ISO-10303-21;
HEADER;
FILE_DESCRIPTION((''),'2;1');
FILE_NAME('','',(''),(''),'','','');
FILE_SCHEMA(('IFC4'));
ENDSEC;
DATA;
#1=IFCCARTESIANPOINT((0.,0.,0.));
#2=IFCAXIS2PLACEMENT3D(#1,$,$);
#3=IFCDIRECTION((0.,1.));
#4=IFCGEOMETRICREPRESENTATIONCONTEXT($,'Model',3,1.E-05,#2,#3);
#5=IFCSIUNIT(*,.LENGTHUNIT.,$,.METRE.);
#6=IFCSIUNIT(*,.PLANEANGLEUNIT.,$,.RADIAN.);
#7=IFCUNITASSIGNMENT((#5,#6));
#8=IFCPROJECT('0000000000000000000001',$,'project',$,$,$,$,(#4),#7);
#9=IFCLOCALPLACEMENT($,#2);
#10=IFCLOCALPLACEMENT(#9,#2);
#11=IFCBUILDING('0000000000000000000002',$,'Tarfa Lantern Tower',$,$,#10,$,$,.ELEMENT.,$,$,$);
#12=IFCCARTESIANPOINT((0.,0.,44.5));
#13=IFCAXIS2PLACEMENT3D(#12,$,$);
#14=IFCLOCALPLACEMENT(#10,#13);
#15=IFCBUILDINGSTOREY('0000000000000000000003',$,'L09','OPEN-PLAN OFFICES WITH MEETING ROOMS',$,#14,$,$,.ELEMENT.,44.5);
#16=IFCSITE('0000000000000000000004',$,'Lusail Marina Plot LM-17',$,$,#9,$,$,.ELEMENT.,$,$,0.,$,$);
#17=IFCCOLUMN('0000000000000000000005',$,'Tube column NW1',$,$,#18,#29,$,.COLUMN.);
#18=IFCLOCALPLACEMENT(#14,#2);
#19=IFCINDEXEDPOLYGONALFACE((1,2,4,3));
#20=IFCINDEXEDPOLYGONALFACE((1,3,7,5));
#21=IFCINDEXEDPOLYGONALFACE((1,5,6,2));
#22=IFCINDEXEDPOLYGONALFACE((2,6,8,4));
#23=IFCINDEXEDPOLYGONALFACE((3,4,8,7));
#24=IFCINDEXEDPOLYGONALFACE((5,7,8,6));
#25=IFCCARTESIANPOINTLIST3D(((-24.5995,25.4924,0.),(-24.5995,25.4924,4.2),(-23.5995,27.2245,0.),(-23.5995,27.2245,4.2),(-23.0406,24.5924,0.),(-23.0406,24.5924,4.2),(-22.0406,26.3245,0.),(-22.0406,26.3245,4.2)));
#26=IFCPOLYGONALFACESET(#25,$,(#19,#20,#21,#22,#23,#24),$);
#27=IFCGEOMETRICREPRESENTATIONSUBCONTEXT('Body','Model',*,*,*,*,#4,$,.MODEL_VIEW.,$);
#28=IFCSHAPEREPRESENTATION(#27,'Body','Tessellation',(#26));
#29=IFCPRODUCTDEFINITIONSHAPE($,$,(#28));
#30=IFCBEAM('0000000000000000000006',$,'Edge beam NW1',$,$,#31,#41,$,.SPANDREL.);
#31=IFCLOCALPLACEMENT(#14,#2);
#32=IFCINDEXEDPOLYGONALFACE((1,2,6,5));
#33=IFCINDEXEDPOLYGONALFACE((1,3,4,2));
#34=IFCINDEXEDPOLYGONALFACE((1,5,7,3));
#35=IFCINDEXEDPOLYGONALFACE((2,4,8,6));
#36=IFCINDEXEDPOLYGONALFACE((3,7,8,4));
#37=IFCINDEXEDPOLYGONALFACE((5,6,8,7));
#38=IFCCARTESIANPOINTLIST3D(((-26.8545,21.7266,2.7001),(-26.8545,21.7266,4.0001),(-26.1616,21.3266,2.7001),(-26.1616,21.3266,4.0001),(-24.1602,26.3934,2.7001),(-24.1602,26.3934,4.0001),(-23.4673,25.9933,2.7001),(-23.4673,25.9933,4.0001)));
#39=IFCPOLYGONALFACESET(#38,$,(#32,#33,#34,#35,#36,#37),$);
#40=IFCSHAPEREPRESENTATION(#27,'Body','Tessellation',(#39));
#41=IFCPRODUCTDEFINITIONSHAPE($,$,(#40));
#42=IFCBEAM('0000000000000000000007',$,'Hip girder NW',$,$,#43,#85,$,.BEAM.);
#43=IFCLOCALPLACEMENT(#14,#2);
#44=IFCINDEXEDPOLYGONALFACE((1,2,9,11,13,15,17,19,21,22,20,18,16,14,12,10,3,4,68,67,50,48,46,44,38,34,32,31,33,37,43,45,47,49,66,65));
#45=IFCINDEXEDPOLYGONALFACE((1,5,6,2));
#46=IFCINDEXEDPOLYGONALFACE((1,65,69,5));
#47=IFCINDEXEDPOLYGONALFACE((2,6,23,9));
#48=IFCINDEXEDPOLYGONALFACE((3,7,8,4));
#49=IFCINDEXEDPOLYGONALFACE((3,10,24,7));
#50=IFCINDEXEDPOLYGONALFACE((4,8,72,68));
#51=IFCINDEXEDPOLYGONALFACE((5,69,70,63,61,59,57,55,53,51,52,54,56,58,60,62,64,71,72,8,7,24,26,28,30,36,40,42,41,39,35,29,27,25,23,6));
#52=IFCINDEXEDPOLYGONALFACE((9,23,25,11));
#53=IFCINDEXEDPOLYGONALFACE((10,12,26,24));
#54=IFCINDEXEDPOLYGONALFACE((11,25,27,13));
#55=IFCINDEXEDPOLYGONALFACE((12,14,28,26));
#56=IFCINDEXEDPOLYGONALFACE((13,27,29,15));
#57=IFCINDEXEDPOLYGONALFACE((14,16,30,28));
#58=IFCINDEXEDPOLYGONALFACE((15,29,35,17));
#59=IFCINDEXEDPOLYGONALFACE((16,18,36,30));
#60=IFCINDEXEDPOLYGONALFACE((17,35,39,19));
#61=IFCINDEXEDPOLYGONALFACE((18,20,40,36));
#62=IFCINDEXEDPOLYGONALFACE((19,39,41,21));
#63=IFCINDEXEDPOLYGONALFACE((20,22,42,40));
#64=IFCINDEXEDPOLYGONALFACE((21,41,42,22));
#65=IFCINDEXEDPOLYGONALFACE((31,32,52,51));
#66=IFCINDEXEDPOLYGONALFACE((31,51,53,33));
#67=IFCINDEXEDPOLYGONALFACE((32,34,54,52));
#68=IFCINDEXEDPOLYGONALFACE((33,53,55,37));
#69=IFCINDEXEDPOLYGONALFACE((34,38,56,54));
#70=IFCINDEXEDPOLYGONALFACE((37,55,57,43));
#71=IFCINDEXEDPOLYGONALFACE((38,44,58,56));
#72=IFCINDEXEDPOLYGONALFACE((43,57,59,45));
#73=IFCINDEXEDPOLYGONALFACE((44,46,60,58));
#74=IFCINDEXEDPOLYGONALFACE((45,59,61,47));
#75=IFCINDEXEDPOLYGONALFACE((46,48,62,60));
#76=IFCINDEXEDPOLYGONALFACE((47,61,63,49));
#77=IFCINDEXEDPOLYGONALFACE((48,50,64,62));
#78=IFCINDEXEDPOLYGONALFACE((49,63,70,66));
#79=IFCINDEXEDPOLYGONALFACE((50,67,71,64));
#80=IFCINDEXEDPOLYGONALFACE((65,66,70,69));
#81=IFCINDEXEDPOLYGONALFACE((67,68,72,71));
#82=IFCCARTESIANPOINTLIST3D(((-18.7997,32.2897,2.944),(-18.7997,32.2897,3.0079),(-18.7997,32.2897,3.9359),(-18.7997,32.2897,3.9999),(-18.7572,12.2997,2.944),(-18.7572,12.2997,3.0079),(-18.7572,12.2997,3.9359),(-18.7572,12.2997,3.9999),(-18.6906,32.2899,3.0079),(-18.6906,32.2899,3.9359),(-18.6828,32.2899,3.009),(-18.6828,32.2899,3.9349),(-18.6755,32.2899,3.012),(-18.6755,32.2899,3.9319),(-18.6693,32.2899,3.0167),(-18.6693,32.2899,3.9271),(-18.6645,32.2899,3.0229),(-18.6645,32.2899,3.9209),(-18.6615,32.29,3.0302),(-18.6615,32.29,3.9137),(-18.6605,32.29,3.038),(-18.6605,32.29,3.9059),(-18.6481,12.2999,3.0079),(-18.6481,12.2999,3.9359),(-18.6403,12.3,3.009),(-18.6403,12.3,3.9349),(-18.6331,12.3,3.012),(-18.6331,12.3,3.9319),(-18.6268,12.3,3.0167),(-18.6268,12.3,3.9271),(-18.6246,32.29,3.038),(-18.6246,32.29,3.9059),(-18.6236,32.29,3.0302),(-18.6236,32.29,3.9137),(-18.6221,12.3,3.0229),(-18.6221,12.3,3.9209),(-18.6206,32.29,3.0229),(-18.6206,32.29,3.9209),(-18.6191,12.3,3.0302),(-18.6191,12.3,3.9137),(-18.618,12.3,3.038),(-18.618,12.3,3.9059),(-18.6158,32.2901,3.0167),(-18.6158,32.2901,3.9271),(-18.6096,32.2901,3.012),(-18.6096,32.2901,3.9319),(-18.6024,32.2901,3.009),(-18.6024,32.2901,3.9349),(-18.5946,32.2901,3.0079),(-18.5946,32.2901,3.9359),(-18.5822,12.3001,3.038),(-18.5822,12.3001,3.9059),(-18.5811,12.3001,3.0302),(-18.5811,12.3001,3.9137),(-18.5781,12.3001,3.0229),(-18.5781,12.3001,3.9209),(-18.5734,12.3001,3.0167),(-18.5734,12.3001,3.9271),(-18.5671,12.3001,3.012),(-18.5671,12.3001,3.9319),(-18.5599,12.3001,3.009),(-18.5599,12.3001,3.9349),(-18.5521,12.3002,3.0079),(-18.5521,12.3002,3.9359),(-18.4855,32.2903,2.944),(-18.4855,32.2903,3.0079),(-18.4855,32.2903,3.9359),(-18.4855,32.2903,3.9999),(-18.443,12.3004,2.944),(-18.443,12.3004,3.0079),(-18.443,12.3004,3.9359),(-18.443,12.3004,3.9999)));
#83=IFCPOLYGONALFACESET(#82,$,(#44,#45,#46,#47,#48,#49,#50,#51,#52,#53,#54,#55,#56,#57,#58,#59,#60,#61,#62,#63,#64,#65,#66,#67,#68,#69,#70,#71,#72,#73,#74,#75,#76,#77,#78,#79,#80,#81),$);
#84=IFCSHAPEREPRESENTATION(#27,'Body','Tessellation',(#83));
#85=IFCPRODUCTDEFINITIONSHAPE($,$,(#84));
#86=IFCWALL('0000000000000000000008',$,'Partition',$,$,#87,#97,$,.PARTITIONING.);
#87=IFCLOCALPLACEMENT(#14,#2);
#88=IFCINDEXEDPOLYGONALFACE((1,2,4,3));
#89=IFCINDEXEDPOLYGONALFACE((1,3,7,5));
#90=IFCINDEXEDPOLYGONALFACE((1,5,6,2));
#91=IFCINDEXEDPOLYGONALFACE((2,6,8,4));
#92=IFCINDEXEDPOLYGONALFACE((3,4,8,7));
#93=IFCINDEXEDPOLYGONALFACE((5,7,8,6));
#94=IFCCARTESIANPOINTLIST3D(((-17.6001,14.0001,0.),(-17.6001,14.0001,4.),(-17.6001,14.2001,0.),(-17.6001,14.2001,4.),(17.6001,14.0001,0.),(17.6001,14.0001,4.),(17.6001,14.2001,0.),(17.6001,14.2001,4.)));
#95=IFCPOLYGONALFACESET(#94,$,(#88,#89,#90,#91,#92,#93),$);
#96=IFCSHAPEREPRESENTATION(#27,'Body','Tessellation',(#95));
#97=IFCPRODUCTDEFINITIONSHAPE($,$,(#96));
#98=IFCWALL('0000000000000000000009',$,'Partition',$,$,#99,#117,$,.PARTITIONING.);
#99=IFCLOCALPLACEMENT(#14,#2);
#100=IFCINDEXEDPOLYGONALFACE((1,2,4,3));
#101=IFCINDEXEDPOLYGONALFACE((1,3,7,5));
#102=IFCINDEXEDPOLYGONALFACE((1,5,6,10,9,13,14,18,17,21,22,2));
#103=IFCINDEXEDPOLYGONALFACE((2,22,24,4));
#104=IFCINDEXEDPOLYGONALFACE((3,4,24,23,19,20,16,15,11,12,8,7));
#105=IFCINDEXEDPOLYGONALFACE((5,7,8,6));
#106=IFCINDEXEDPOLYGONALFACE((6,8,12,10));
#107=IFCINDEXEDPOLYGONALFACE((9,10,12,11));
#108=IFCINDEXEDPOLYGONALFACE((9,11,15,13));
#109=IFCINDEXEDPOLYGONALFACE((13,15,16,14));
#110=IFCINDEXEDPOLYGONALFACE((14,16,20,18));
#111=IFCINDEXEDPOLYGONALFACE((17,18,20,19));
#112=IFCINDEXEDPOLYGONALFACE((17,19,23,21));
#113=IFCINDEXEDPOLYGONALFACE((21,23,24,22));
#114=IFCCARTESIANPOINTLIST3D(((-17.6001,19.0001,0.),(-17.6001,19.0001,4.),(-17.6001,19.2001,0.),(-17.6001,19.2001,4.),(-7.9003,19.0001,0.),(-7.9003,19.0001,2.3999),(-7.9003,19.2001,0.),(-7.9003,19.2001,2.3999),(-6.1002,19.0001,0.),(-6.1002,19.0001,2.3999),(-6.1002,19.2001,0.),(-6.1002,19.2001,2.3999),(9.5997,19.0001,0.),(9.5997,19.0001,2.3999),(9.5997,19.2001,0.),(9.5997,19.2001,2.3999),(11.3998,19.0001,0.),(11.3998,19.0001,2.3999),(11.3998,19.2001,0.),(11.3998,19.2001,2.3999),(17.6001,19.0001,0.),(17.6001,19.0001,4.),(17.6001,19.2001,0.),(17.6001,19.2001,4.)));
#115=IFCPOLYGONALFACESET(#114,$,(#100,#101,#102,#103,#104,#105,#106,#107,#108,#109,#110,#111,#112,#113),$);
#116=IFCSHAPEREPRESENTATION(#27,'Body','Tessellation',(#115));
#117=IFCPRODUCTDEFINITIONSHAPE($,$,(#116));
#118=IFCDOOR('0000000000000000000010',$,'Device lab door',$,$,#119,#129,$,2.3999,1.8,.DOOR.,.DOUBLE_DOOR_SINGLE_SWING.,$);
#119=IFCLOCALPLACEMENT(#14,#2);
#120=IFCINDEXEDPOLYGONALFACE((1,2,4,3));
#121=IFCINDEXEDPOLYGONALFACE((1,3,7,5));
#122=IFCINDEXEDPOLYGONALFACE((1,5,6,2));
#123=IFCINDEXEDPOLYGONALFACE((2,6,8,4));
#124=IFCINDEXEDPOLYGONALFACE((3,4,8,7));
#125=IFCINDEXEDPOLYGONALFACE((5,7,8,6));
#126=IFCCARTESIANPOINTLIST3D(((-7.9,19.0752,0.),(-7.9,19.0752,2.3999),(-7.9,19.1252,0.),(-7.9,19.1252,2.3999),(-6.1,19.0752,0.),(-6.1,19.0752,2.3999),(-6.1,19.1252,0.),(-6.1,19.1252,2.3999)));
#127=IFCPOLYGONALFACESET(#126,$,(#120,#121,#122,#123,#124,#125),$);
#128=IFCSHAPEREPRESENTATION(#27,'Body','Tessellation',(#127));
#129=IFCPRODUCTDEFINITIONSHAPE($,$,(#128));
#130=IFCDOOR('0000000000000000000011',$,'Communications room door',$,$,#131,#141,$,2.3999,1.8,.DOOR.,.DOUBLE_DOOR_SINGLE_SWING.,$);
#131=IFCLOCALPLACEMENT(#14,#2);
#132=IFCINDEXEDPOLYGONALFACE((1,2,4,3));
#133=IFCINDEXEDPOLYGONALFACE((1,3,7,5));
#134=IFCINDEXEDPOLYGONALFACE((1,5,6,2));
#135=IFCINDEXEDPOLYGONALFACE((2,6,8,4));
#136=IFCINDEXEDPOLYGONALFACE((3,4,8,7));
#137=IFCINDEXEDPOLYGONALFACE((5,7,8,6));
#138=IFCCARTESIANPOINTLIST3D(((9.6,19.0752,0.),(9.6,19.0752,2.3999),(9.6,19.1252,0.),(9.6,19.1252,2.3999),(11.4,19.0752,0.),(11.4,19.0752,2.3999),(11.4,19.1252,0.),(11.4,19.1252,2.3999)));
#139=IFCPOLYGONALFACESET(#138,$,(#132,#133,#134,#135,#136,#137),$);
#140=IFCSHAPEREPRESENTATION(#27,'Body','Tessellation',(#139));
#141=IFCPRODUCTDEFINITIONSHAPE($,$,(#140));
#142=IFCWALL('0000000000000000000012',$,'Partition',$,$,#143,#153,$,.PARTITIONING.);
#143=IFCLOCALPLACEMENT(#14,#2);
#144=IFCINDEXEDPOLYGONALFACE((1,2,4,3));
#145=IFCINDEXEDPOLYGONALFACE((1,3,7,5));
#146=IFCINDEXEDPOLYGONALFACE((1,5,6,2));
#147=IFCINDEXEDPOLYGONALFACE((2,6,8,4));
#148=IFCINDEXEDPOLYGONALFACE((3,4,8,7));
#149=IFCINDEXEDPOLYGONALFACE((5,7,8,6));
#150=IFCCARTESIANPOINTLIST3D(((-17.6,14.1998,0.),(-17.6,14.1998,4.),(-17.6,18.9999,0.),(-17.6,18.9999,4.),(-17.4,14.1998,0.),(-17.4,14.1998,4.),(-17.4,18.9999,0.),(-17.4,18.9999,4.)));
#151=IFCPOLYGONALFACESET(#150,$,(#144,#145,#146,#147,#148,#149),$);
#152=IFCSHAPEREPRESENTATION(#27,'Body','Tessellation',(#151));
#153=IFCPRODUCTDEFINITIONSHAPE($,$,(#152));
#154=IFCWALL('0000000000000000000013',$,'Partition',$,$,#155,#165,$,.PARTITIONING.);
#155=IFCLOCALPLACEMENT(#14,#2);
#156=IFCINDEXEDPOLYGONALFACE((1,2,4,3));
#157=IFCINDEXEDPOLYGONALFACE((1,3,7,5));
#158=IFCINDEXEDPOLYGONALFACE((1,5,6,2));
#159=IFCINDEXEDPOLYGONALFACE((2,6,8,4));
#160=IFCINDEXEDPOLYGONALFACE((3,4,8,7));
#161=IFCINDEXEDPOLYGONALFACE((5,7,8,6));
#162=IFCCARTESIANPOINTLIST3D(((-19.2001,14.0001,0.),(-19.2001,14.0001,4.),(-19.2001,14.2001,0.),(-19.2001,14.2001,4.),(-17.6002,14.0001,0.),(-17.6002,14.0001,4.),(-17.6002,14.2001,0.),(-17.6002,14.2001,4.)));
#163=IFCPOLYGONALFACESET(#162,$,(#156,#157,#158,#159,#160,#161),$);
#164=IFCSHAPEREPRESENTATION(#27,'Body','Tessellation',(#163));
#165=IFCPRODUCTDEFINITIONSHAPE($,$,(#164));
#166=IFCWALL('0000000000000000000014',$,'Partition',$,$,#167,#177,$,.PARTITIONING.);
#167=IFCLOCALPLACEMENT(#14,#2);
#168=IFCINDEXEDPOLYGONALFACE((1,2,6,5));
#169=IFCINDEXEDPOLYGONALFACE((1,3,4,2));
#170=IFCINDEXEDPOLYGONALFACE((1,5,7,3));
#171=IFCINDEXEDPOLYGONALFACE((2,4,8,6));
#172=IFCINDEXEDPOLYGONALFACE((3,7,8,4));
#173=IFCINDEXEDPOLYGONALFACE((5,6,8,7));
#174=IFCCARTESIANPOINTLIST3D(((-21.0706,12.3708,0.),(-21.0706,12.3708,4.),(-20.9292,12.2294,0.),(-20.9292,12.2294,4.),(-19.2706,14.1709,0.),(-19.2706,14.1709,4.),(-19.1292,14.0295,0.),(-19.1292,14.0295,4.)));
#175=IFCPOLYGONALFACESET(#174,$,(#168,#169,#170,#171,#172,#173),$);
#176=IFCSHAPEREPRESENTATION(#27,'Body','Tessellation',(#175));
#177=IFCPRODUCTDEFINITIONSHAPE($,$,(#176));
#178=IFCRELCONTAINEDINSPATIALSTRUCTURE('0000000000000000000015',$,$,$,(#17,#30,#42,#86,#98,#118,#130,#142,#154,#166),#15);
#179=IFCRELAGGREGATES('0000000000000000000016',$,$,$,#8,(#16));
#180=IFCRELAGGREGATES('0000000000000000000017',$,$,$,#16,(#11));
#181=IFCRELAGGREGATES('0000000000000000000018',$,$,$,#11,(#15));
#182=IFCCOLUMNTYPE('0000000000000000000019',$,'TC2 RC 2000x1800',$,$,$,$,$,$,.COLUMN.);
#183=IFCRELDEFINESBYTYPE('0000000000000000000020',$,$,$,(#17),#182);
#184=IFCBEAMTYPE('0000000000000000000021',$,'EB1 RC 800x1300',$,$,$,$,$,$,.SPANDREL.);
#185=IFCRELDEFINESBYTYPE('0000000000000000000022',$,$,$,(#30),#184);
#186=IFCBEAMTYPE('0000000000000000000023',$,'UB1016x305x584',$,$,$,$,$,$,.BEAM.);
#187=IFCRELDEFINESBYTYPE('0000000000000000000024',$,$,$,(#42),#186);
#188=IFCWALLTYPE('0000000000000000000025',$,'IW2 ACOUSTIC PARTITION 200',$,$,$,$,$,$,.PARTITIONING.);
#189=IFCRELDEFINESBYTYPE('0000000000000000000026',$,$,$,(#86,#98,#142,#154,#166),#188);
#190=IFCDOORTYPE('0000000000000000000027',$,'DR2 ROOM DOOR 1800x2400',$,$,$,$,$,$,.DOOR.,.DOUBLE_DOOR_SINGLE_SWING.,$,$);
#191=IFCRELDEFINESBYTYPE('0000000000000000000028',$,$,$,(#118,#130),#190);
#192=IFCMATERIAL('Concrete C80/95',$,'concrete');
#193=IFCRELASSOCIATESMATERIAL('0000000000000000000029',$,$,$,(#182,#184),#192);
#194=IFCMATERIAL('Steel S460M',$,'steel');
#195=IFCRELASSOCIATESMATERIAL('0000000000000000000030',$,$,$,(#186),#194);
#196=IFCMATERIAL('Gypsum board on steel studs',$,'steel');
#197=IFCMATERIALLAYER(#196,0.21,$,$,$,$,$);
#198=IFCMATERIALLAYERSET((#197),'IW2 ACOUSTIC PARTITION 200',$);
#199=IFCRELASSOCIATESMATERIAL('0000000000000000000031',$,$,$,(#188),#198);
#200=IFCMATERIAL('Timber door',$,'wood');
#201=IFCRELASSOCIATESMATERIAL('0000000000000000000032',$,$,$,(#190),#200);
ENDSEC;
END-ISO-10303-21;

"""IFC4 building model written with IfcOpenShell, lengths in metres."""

from ifc_helpers import new_model, si_unit, direction, frame, frame_2d, origin, origin_2d, place, context, subcontext, project, spatial, rectangle, i_section, extrude, material, layer, layer_set, material_profile, profile_set, type_object, element, fill, save


model = new_model("IFC4")

# Units and contexts
model_context = context("Model", 3, precision=1e-05, world=origin(), true_north=direction((0.0, 1.0)))
body_context = subcontext(model_context, "Body", "Model", "MODEL_VIEW")
ifc_project = project(units=[si_unit("LENGTHUNIT", "METRE"), si_unit("PLANEANGLEUNIT", "RADIAN")], contexts=[model_context])

# Site, building, storey
site_placement = place(None, origin())
site = spatial("IfcSite", under=ifc_project, at=site_placement, Name="Lusail Marina Plot LM-17", CompositionType="ELEMENT", RefElevation=0.0)
building_placement = place(site_placement, origin())
building = spatial("IfcBuilding", under=site, at=building_placement, Name="Tarfa Lantern Tower", CompositionType="ELEMENT")
storey_placement = place(building_placement, frame((0.0, 0.0, 44.5)))
storey = spatial("IfcBuildingStorey", under=building, at=storey_placement, Name="L09", Description="OPEN-PLAN OFFICES WITH MEETING ROOMS", CompositionType="ELEMENT", Elevation=44.5)

# Column
ifc_material_1 = material(Name="Concrete C80/95", Category="concrete")
ifc_material_profile_1 = material_profile(ifc_material_1, rectangle(XDim=2.0, YDim=1.8, at=origin_2d()), Name="RC 2000x1800")
ifc_profile_set_1 = profile_set([ifc_material_profile_1], Name="Concrete C80/95")
column_type = type_object("IfcColumnType", Name="TC2 RC 2000x1800", PredefinedType="COLUMN", material=ifc_profile_set_1)
column_placement = place(storey_placement, frame((-23.3201, 25.9084, 0.0), z_axis=(0.0, 0.0, 1.0), x_axis=(-0.5, -0.866025, 0.0)))
element("IfcColumn", 1, at=column_placement, inside=storey, type_object=column_type, Name="Tube column NW1", PredefinedType="COLUMN", context=body_context, shape_type="SweptSolid", body=[
    extrude(rectangle(XDim=2.0, YDim=1.8, at=origin_2d()), origin(), (0.0, 0.0, 1.0), 4.2),
])

# Beams
ifc_material_profile_2 = material_profile(ifc_material_1, rectangle(XDim=0.8, YDim=1.3, at=origin_2d()), Name="RC 800x1300")
ifc_profile_set_2 = profile_set([ifc_material_profile_2], Name="Concrete C80/95")
beam_type_1 = type_object("IfcBeamType", Name="EB1 RC 800x1300", PredefinedType="SPANDREL", material=ifc_profile_set_2)
beam_1_placement = place(storey_placement, frame((-23.8137, 26.1934, 3.3501), z_axis=(-0.499998, -0.866026, 0.0), x_axis=(0.866026, -0.499998, 0.0)))
element("IfcBeam", 2, at=beam_1_placement, inside=storey, type_object=beam_type_1, Name="Edge beam NW1", PredefinedType="SPANDREL", context=body_context, shape_type="SweptSolid", body=[
    extrude(rectangle(XDim=0.8, YDim=1.3, at=origin_2d()), origin(), (0.0, 0.0, 1.0), 5.3887),
])
ifc_material_2 = material(Name="Steel S460M", Category="steel")
ifc_material_profile_3 = material_profile(ifc_material_2, i_section(OverallWidth=0.3142, OverallDepth=1.0559, WebThickness=0.0359, FlangeThickness=0.064, FilletRadius=0.03, at=origin_2d()), Name="UB1016x305x584")
ifc_profile_set_3 = profile_set([ifc_material_profile_3], Name="Steel S460M")
beam_type_2 = type_object("IfcBeamType", Name="UB1016x305x584", PredefinedType="BEAM", material=ifc_profile_set_3)
beam_2_placement = place(storey_placement, frame((-18.6001, 12.3, 3.4719), z_axis=(-0.002125, 0.999998, 0.0), x_axis=(-0.999998, -0.002125, 0.0)))
element("IfcBeam", 3, at=beam_2_placement, inside=storey, type_object=beam_type_2, Name="Hip girder NW", PredefinedType="BEAM", context=body_context, shape_type="SweptSolid", body=[
    extrude(i_section(OverallWidth=0.3142, OverallDepth=1.0559, WebThickness=0.0359, FlangeThickness=0.064, FilletRadius=0.03, at=origin_2d()), origin(), (0.0, 0.0, 1.0), 19.99),
])

# Wall
ifc_material_3 = material(Name="Gypsum board on steel studs", Category="steel")
ifc_layer_1 = layer(ifc_material_3, 0.21)
ifc_layer_set_1 = layer_set([ifc_layer_1], Name="IW2 ACOUSTIC PARTITION 200")
wall_type_1 = type_object("IfcWallType", Name="IW2 ACOUSTIC PARTITION 200", PredefinedType="PARTITIONING", material=ifc_layer_set_1)
wall_1_placement = place(storey_placement, frame((-17.6001, 14.1001, 0.0), z_axis=(0.0, 0.0, 1.0), x_axis=(1.0, 0.0, 0.0)))
element("IfcWall", 4, at=wall_1_placement, inside=storey, type_object=wall_type_1, Name="Partition", PredefinedType="PARTITIONING", context=body_context, shape_type="SweptSolid", body=[
    extrude(rectangle(XDim=35.2002, YDim=0.2, at=frame_2d((17.6001, 0.0))), origin(), (0.0, 0.0, 1.0), 4.0),
])

# Wall, openings, doors
wall_2_placement = place(storey_placement, frame((-17.6001, 19.1001, 0.0), z_axis=(0.0, 0.0, 1.0), x_axis=(1.0, 0.0, 0.0)))
wall_2 = element("IfcWall", 5, at=wall_2_placement, inside=storey, type_object=wall_type_1, Name="Partition", PredefinedType="PARTITIONING", context=body_context, shape_type="SweptSolid", body=[
    extrude(rectangle(XDim=35.2002, YDim=0.2, at=frame_2d((17.6001, 0.0))), origin(), (0.0, 0.0, 1.0), 4.0),
])
opening_1_placement = place(wall_2_placement, frame((9.7, 0.0, 0.0)))
opening_1 = element("IfcOpeningElement", 6, at=opening_1_placement, cuts=wall_2, PredefinedType="OPENING", context=body_context, shape_type="SweptSolid", body=[
    extrude(rectangle(XDim=1.8, YDim=2.3999, at=frame_2d((0.8999, 1.2))), frame((0.0, 0.1099, 0.0), z_axis=(0.0, -1.0, 0.0), x_axis=(1.0, 0.0, 0.0)), (0.0, 0.0, 1.0), 0.22),
])
opening_2_placement = place(wall_2_placement, frame((27.2, 0.0, 0.0)))
opening_2 = element("IfcOpeningElement", 7, at=opening_2_placement, cuts=wall_2, PredefinedType="OPENING", context=body_context, shape_type="SweptSolid", body=[
    extrude(rectangle(XDim=1.8, YDim=2.3999, at=frame_2d((0.8999, 1.2))), frame((0.0, 0.1099, 0.0), z_axis=(0.0, -1.0, 0.0), x_axis=(1.0, 0.0, 0.0)), (0.0, 0.0, 1.0), 0.22),
])
ifc_material_4 = material(Name="Timber door", Category="wood")
door_type_1 = type_object("IfcDoorType", Name="DR2 ROOM DOOR 1800x2400", OperationType="DOUBLE_DOOR_SINGLE_SWING", PredefinedType="DOOR", material=ifc_material_4)
door_1_placement = place(opening_1_placement, frame((1.8, 0.0, 0.0), z_axis=(0.0, 0.0, 1.0), x_axis=(-1.0, 0.0, 0.0)))
door_1 = element("IfcDoor", 8, at=door_1_placement, inside=storey, type_object=door_type_1, Name="Device lab door", OperationType="DOUBLE_DOOR_SINGLE_SWING", OverallHeight=2.3999, OverallWidth=1.8, PredefinedType="DOOR", context=body_context, shape_type="SweptSolid", body=[
    extrude(rectangle(XDim=1.8, YDim=2.3999, at=frame_2d((0.8999, 1.2))), frame((0.0, 0.0249, 0.0), z_axis=(0.0, -1.0, 0.0), x_axis=(1.0, 0.0, 0.0)), (0.0, 0.0, 1.0), 0.05),
])
fill(opening_1, door_1)
door_2_placement = place(opening_2_placement, frame((1.8, 0.0, 0.0), z_axis=(0.0, 0.0, 1.0), x_axis=(-1.0, 0.0, 0.0)))
door_2 = element("IfcDoor", 9, at=door_2_placement, inside=storey, type_object=door_type_1, Name="Communications room door", OperationType="DOUBLE_DOOR_SINGLE_SWING", OverallHeight=2.3999, OverallWidth=1.8, PredefinedType="DOOR", context=body_context, shape_type="SweptSolid", body=[
    extrude(rectangle(XDim=1.8, YDim=2.3999, at=frame_2d((0.8999, 1.2))), frame((0.0, 0.0249, 0.0), z_axis=(0.0, -1.0, 0.0), x_axis=(1.0, 0.0, 0.0)), (0.0, 0.0, 1.0), 0.05),
])
fill(opening_2, door_2)

# Walls
wall_3_placement = place(storey_placement, frame((-17.5, 14.2, 0.0), z_axis=(0.0, 0.0, 1.0), x_axis=(0.0, 1.0, 0.0)))
element("IfcWall", 10, at=wall_3_placement, inside=storey, type_object=wall_type_1, Name="Partition", PredefinedType="PARTITIONING", context=body_context, shape_type="SweptSolid", body=[
    extrude(rectangle(XDim=4.8, YDim=0.2, at=frame_2d((2.3999, 0.0))), origin(), (0.0, 0.0, 1.0), 4.0),
])
wall_4_placement = place(storey_placement, frame((-19.2, 14.1001, 0.0), z_axis=(0.0, 0.0, 1.0), x_axis=(1.0, 0.0, 0.0)))
element("IfcWall", 11, at=wall_4_placement, inside=storey, type_object=wall_type_1, Name="Partition", PredefinedType="PARTITIONING", context=body_context, shape_type="SweptSolid", body=[
    extrude(rectangle(XDim=1.5999, YDim=0.2, at=frame_2d((0.7998, 0.0))), origin(), (0.0, 0.0, 1.0), 4.0),
])
wall_5_placement = place(storey_placement, frame((-21.0, 12.3, 0.0), z_axis=(0.0, 0.0, 1.0), x_axis=(0.707107, 0.707107, 0.0)))
element("IfcWall", 12, at=wall_5_placement, inside=storey, type_object=wall_type_1, Name="Partition", PredefinedType="PARTITIONING", context=body_context, shape_type="SweptSolid", body=[
    extrude(rectangle(XDim=2.5457, YDim=0.2, at=frame_2d((1.2729, 0.0))), origin(), (0.0, 0.0, 1.0), 4.0),
])

save(model, "model.ifc")
